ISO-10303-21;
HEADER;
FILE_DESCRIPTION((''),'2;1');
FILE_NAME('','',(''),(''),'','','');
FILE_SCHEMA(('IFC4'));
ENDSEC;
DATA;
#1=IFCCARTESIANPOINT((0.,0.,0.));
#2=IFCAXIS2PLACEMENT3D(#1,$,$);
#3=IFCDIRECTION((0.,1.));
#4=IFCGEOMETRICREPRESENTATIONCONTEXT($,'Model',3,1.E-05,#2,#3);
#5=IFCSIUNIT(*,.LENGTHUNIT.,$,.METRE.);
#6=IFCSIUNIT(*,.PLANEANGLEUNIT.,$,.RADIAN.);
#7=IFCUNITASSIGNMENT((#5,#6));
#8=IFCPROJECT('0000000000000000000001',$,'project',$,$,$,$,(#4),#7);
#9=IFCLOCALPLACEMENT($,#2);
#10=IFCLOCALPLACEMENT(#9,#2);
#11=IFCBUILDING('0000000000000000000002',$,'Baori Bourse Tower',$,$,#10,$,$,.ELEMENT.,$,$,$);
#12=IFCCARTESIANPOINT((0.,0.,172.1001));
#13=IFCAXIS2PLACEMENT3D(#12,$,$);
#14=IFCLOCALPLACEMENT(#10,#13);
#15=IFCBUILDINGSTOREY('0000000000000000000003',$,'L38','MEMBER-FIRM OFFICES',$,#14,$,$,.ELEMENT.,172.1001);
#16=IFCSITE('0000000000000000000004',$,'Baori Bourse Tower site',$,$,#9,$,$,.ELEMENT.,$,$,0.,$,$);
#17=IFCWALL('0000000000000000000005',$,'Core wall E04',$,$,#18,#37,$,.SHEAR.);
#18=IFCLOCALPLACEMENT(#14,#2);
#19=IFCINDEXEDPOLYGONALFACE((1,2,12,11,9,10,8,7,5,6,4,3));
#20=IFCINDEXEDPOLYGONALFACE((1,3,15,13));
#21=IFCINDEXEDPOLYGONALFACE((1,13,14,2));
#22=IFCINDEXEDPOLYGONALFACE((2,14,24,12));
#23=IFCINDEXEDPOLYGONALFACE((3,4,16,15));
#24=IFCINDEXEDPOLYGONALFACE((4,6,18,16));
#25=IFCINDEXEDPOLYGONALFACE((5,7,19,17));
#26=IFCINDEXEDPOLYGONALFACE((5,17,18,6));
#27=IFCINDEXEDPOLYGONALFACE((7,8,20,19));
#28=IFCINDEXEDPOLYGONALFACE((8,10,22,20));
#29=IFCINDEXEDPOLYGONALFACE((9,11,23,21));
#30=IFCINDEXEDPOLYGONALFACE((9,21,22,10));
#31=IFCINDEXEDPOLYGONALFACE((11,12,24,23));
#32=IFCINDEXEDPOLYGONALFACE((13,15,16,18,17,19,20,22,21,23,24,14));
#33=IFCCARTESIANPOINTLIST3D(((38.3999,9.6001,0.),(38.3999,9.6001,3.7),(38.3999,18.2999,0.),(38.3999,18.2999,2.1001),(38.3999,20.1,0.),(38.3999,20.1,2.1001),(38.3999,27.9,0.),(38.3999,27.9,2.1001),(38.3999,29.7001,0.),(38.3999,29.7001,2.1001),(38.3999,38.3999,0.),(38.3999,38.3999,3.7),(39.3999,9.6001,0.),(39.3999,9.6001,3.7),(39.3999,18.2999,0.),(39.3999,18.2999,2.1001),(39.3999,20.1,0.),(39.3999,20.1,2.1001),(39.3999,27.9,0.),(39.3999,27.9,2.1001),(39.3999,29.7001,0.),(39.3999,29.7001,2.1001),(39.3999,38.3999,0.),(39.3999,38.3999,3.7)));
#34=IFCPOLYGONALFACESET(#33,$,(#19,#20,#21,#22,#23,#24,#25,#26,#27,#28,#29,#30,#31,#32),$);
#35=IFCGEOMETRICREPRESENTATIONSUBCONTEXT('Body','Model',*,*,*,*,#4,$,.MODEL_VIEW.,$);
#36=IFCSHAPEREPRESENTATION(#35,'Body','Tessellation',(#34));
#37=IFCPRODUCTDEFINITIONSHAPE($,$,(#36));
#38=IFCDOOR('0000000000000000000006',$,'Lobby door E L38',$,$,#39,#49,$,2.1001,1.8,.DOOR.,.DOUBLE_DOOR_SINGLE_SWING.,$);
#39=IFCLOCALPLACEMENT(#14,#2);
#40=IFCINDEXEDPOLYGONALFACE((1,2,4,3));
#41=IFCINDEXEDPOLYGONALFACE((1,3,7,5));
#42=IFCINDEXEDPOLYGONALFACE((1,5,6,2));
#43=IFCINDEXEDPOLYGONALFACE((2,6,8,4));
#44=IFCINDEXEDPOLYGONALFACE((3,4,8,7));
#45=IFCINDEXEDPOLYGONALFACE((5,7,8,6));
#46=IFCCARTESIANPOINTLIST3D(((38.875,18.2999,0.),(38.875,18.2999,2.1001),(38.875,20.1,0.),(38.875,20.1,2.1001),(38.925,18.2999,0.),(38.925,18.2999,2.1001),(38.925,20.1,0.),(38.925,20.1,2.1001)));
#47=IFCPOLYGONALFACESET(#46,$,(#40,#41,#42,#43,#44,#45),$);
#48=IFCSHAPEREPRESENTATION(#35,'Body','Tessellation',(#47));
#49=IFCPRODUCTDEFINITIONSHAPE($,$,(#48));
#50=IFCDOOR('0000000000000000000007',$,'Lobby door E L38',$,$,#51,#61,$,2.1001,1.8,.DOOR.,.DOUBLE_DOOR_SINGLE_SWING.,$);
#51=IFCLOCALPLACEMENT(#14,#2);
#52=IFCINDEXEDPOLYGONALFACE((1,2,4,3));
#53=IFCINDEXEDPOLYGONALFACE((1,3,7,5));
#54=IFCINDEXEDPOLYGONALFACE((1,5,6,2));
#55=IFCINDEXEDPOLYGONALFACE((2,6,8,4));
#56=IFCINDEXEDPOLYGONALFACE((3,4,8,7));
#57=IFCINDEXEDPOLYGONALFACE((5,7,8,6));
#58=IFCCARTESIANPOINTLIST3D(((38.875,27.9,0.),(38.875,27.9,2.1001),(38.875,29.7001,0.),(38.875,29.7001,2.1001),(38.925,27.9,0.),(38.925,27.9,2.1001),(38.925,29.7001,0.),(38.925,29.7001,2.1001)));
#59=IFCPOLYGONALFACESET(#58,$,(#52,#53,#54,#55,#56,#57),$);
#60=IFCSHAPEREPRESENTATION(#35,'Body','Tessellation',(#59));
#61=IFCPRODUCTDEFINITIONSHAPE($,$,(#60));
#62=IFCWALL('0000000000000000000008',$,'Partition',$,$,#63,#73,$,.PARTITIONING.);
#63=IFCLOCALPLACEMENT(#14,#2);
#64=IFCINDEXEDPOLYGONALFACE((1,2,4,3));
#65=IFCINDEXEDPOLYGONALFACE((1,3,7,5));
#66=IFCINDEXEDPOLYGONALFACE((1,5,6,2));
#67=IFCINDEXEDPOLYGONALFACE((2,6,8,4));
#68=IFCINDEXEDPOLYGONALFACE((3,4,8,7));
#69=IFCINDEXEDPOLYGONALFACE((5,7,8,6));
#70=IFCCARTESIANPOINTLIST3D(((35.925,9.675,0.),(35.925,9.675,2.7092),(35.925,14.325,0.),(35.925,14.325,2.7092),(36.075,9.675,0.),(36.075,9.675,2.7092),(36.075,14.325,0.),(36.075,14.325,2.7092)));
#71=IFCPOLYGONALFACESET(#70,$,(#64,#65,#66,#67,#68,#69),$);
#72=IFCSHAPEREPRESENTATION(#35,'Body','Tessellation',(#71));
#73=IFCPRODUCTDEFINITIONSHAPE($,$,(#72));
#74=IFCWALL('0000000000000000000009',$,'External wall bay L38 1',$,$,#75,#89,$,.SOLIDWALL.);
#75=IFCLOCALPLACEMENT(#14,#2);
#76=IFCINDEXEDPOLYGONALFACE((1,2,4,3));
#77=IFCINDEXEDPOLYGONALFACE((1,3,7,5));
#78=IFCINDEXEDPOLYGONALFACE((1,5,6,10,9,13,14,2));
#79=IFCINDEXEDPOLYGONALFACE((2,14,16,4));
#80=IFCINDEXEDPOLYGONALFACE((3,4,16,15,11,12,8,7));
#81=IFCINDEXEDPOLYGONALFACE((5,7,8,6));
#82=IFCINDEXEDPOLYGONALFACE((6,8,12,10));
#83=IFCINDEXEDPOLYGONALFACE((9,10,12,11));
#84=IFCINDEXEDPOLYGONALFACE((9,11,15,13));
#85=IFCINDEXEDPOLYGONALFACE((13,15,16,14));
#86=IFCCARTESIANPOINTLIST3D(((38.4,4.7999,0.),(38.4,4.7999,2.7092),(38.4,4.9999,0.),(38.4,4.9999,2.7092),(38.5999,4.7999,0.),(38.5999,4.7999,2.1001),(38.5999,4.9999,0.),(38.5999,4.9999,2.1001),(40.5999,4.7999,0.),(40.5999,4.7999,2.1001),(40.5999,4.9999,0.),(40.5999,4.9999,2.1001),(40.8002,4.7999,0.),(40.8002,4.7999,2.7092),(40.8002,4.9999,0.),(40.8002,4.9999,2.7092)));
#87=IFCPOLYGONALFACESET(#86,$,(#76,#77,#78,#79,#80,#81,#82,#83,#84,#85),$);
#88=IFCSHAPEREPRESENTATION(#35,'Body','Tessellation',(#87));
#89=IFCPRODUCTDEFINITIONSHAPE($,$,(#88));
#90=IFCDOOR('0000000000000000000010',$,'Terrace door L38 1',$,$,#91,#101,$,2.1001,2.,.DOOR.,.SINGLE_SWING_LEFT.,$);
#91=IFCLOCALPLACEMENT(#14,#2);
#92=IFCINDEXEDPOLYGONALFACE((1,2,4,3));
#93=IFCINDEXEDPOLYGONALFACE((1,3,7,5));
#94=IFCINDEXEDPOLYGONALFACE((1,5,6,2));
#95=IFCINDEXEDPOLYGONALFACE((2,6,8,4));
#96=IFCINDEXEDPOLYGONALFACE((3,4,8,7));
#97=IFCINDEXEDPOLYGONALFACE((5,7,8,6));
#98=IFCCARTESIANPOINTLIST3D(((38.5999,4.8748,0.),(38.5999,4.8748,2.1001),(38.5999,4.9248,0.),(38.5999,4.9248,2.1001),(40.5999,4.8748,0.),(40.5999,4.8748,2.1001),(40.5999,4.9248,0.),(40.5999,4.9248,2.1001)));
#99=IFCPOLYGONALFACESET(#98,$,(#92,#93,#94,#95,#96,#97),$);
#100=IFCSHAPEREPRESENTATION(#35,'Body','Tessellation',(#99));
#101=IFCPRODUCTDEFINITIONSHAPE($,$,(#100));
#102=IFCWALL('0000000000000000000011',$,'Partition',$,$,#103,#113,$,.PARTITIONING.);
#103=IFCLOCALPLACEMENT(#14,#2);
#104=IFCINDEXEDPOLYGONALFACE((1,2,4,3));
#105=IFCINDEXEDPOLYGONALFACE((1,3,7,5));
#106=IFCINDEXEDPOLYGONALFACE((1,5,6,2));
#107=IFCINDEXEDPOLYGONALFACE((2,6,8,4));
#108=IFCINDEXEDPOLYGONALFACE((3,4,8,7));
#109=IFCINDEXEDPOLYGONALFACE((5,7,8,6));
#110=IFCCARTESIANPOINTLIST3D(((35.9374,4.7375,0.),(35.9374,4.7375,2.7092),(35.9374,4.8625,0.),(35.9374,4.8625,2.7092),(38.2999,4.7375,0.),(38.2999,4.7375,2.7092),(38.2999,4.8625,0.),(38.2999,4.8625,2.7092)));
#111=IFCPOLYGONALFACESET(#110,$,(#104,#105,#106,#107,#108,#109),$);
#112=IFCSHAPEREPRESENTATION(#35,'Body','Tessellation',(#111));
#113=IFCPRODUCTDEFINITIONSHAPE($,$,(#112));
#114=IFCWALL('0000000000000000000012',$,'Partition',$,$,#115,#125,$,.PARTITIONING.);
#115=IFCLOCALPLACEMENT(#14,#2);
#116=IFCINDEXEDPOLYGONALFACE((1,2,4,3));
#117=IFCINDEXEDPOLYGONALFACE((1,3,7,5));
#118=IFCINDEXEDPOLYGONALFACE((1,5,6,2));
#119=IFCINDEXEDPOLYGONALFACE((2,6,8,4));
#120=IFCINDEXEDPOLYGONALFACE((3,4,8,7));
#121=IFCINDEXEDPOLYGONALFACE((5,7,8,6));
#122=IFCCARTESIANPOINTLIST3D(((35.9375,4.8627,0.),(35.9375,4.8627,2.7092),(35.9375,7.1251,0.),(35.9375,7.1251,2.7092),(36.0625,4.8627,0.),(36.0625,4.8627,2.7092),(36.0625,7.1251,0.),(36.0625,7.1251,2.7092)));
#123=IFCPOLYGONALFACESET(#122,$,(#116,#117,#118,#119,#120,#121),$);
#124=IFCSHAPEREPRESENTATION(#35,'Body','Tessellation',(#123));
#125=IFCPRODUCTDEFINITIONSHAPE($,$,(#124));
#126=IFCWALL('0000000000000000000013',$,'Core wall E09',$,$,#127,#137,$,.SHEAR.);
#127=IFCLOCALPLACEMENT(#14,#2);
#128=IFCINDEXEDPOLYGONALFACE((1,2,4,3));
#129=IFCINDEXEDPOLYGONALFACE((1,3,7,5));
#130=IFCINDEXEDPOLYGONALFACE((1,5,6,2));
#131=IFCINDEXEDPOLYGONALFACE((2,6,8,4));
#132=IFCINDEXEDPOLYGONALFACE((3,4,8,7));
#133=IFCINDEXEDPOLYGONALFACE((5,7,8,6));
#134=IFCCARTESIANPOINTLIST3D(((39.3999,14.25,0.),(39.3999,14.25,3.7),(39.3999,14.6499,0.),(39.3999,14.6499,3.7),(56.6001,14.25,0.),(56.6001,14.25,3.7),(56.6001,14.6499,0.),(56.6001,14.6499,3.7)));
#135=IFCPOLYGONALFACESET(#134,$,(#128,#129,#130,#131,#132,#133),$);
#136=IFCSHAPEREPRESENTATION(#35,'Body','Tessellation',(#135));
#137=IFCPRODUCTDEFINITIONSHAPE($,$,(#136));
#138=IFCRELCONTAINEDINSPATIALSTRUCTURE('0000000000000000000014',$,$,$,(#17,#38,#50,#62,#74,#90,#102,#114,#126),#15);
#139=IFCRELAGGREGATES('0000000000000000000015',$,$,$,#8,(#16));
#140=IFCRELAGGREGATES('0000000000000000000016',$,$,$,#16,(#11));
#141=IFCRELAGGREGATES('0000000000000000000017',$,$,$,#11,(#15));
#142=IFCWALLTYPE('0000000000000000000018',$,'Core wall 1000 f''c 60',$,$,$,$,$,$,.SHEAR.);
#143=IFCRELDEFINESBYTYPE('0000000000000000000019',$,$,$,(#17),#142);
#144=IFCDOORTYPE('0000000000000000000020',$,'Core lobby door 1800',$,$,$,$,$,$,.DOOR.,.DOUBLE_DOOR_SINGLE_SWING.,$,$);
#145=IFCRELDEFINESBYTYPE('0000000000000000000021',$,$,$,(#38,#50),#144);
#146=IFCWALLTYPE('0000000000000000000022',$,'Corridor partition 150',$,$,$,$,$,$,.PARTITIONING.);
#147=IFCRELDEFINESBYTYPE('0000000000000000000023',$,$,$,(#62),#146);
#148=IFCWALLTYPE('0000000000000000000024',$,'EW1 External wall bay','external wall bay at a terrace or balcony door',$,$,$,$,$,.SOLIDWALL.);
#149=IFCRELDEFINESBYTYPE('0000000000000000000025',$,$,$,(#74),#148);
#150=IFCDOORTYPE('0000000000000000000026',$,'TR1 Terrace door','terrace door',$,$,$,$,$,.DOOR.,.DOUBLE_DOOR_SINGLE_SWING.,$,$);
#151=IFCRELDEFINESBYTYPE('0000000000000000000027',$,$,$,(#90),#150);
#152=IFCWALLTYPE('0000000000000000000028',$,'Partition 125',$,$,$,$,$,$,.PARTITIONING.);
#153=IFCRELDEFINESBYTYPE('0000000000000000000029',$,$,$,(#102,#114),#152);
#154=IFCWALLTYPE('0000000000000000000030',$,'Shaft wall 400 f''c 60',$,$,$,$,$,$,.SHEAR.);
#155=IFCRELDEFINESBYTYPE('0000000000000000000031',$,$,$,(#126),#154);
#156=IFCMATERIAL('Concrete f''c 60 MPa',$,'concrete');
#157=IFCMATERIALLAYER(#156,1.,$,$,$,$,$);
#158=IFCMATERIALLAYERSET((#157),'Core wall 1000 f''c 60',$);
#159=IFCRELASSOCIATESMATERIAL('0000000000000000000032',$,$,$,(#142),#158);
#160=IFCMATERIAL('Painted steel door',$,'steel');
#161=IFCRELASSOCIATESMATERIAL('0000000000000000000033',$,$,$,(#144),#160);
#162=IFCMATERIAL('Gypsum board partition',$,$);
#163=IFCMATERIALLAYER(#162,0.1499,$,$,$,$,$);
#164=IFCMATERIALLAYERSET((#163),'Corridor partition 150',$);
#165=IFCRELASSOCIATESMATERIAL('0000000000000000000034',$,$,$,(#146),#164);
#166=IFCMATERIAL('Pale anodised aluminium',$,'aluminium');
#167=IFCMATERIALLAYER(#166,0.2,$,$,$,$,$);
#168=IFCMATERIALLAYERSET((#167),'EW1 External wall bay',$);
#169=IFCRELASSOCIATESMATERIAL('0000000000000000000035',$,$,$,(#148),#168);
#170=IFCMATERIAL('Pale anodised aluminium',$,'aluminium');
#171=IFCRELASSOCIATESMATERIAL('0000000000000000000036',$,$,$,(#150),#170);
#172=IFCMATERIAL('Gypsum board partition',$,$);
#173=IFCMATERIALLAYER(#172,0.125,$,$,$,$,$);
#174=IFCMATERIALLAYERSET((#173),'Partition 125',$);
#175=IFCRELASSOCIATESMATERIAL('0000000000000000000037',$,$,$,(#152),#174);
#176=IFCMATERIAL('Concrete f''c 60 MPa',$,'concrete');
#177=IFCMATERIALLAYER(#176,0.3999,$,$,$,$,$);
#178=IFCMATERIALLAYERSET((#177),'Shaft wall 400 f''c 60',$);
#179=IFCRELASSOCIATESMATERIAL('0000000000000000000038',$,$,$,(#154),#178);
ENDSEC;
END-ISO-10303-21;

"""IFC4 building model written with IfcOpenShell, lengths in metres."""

from ifc_helpers import new_model, si_unit, direction, frame, frame_2d, origin, place, context, subcontext, project, spatial, rectangle, extrude, material, layer, layer_set, type_object, element, fill, save


model = new_model("IFC4")

# Units and contexts
model_context = context("Model", 3, precision=1e-05, world=origin(), true_north=direction((0.0, 1.0)))
body_context = subcontext(model_context, "Body", "Model", "MODEL_VIEW")
ifc_project = project(units=[si_unit("LENGTHUNIT", "METRE"), si_unit("PLANEANGLEUNIT", "RADIAN")], contexts=[model_context])

# Site, building, storey
site_placement = place(None, origin())
site = spatial("IfcSite", under=ifc_project, at=site_placement, Name="Baori Bourse Tower site", CompositionType="ELEMENT", RefElevation=0.0)
building_placement = place(site_placement, origin())
building = spatial("IfcBuilding", under=site, at=building_placement, Name="Baori Bourse Tower", CompositionType="ELEMENT")
storey_placement = place(building_placement, frame((0.0, 0.0, 172.1001)))
storey = spatial("IfcBuildingStorey", under=building, at=storey_placement, Name="L38", Description="MEMBER-FIRM OFFICES", CompositionType="ELEMENT", Elevation=172.1001)

# Wall, openings, doors
ifc_material_1 = material(Name="Concrete f'c 60 MPa", Category="concrete")
ifc_layer_1 = layer(ifc_material_1, 1.0)
ifc_layer_set_1 = layer_set([ifc_layer_1], Name="Core wall 1000 f'c 60")
wall_type_1 = type_object("IfcWallType", Name="Core wall 1000 f'c 60", PredefinedType="SHEAR", material=ifc_layer_set_1)
wall_1_placement = place(storey_placement, frame((38.8999, 9.6001, 0.0), z_axis=(0.0, 0.0, 1.0), x_axis=(0.0, 1.0, 0.0)))
wall_1 = element("IfcWall", 1, at=wall_1_placement, inside=storey, type_object=wall_type_1, Name="Core wall E04", PredefinedType="SHEAR", context=body_context, shape_type="SweptSolid", body=[
    extrude(rectangle(XDim=28.7998, YDim=1.0, at=frame_2d((14.3999, 0.0))), origin(), (0.0, 0.0, 1.0), 3.7),
])
opening_1_placement = place(wall_1_placement, frame((8.7, 0.0, 0.0)))
opening_1 = element("IfcOpeningElement", 2, at=opening_1_placement, cuts=wall_1, PredefinedType="OPENING", context=body_context, shape_type="SweptSolid", body=[
    extrude(rectangle(XDim=1.8, YDim=2.1001, at=frame_2d((0.8999, 1.05))), frame((0.0, 0.51, 0.0), z_axis=(0.0, -1.0, 0.0), x_axis=(1.0, 0.0, 0.0)), (0.0, 0.0, 1.0), 1.02),
])
opening_2_placement = place(wall_1_placement, frame((18.3, 0.0, 0.0)))
opening_2 = element("IfcOpeningElement", 3, at=opening_2_placement, cuts=wall_1, PredefinedType="OPENING", context=body_context, shape_type="SweptSolid", body=[
    extrude(rectangle(XDim=1.8, YDim=2.1001, at=frame_2d((0.8999, 1.05))), frame((0.0, 0.51, 0.0), z_axis=(0.0, -1.0, 0.0), x_axis=(1.0, 0.0, 0.0)), (0.0, 0.0, 1.0), 1.02),
])
ifc_material_2 = material(Name="Painted steel door", Category="steel")
door_type_1 = type_object("IfcDoorType", Name="Core lobby door 1800", OperationType="DOUBLE_DOOR_SINGLE_SWING", PredefinedType="DOOR", material=ifc_material_2)
door_1_placement = place(opening_1_placement, origin())
door_1 = element("IfcDoor", 4, at=door_1_placement, inside=storey, type_object=door_type_1, Name="Lobby door E L38", OperationType="DOUBLE_DOOR_SINGLE_SWING", OverallHeight=2.1001, OverallWidth=1.8, PredefinedType="DOOR", context=body_context, shape_type="SweptSolid", body=[
    extrude(rectangle(XDim=1.8, YDim=2.1001, at=frame_2d((0.8999, 1.05))), frame((0.0, 0.0249, 0.0), z_axis=(0.0, -1.0, 0.0), x_axis=(1.0, 0.0, 0.0)), (0.0, 0.0, 1.0), 0.05),
])
fill(opening_1, door_1)
door_2_placement = place(opening_2_placement, origin())
door_2 = element("IfcDoor", 5, at=door_2_placement, inside=storey, type_object=door_type_1, Name="Lobby door E L38", OperationType="DOUBLE_DOOR_SINGLE_SWING", OverallHeight=2.1001, OverallWidth=1.8, PredefinedType="DOOR", context=body_context, shape_type="SweptSolid", body=[
    extrude(rectangle(XDim=1.8, YDim=2.1001, at=frame_2d((0.8999, 1.05))), frame((0.0, 0.0249, 0.0), z_axis=(0.0, -1.0, 0.0), x_axis=(1.0, 0.0, 0.0)), (0.0, 0.0, 1.0), 0.05),
])
fill(opening_2, door_2)

# Wall
ifc_material_3 = material(Name="Gypsum board partition")
ifc_layer_2 = layer(ifc_material_3, 0.1499)
ifc_layer_set_2 = layer_set([ifc_layer_2], Name="Corridor partition 150")
wall_type_2 = type_object("IfcWallType", Name="Corridor partition 150", PredefinedType="PARTITIONING", material=ifc_layer_set_2)
wall_2_placement = place(storey_placement, frame((36.0, 9.675, 0.0), z_axis=(0.0, 0.0, 1.0), x_axis=(0.0, 1.0, 0.0)))
element("IfcWall", 6, at=wall_2_placement, inside=storey, type_object=wall_type_2, Name="Partition", PredefinedType="PARTITIONING", context=body_context, shape_type="SweptSolid", body=[
    extrude(rectangle(XDim=4.6499, YDim=0.1499, at=frame_2d((2.325, 0.0))), origin(), (0.0, 0.0, 1.0), 2.7092),
])

# Wall, opening, door
ifc_material_4 = material(Name="Pale anodised aluminium", Category="aluminium")
ifc_layer_3 = layer(ifc_material_4, 0.2)
ifc_layer_set_3 = layer_set([ifc_layer_3], Name="EW1 External wall bay")
wall_type_3 = type_object("IfcWallType", Name="EW1 External wall bay", Description="external wall bay at a terrace or balcony door", PredefinedType="SOLIDWALL", material=ifc_layer_set_3)
wall_3_placement = place(storey_placement, frame((38.3999, 4.8999, 0.0), z_axis=(0.0, 0.0, 1.0), x_axis=(1.0, 0.0, 0.0)))
wall_3 = element("IfcWall", 7, at=wall_3_placement, inside=storey, type_object=wall_type_3, Name="External wall bay L38 1", PredefinedType="SOLIDWALL", context=body_context, shape_type="SweptSolid", body=[
    extrude(rectangle(XDim=2.4001, YDim=0.2, at=frame_2d((1.2002, 0.0))), origin(), (0.0, 0.0, 1.0), 2.7092),
])
opening_3_placement = place(wall_3_placement, frame((0.2, 0.0, 0.0)))
opening_3 = element("IfcOpeningElement", 8, at=opening_3_placement, cuts=wall_3, PredefinedType="OPENING", context=body_context, shape_type="SweptSolid", body=[
    extrude(rectangle(XDim=2.0, YDim=2.1001, at=frame_2d((1.0, 1.05))), frame((0.0, 0.1099, 0.0), z_axis=(0.0, -1.0, 0.0), x_axis=(1.0, 0.0, 0.0)), (0.0, 0.0, 1.0), 0.22),
])
ifc_material_5 = material(Name="Pale anodised aluminium", Category="aluminium")
door_type_2 = type_object("IfcDoorType", Name="TR1 Terrace door", Description="terrace door", OperationType="DOUBLE_DOOR_SINGLE_SWING", PredefinedType="DOOR", material=ifc_material_5)
door_3_placement = place(opening_3_placement, origin())
door_3 = element("IfcDoor", 9, at=door_3_placement, inside=storey, type_object=door_type_2, Name="Terrace door L38 1", OperationType="SINGLE_SWING_LEFT", OverallHeight=2.1001, OverallWidth=2.0, PredefinedType="DOOR", context=body_context, shape_type="SweptSolid", body=[
    extrude(rectangle(XDim=2.0, YDim=2.1001, at=frame_2d((1.0, 1.05))), frame((0.0, 0.0249, 0.0), z_axis=(0.0, -1.0, 0.0), x_axis=(1.0, 0.0, 0.0)), (0.0, 0.0, 1.0), 0.05),
])
fill(opening_3, door_3)

# Walls
ifc_material_6 = material(Name="Gypsum board partition")
ifc_layer_4 = layer(ifc_material_6, 0.125)
ifc_layer_set_4 = layer_set([ifc_layer_4], Name="Partition 125")
wall_type_4 = type_object("IfcWallType", Name="Partition 125", PredefinedType="PARTITIONING", material=ifc_layer_set_4)
wall_4_placement = place(storey_placement, frame((35.9375, 4.8, 0.0), z_axis=(0.0, 0.0, 1.0), x_axis=(1.0, 0.0, 0.0)))
element("IfcWall", 10, at=wall_4_placement, inside=storey, type_object=wall_type_4, Name="Partition", PredefinedType="PARTITIONING", context=body_context, shape_type="SweptSolid", body=[
    extrude(rectangle(XDim=2.3625, YDim=0.125, at=frame_2d((1.1812, 0.0))), origin(), (0.0, 0.0, 1.0), 2.7092),
])
wall_5_placement = place(storey_placement, frame((36.0, 4.8625, 0.0), z_axis=(0.0, 0.0, 1.0), x_axis=(0.0, 1.0, 0.0)))
element("IfcWall", 11, at=wall_5_placement, inside=storey, type_object=wall_type_4, Name="Partition", PredefinedType="PARTITIONING", context=body_context, shape_type="SweptSolid", body=[
    extrude(rectangle(XDim=2.2625, YDim=0.125, at=frame_2d((1.1313, 0.0))), origin(), (0.0, 0.0, 1.0), 2.7092),
])
ifc_material_7 = material(Name="Concrete f'c 60 MPa", Category="concrete")
ifc_layer_5 = layer(ifc_material_7, 0.3999)
ifc_layer_set_5 = layer_set([ifc_layer_5], Name="Shaft wall 400 f'c 60")
wall_type_5 = type_object("IfcWallType", Name="Shaft wall 400 f'c 60", PredefinedType="SHEAR", material=ifc_layer_set_5)
wall_6_placement = place(storey_placement, frame((39.3999, 14.45, 0.0), z_axis=(0.0, 0.0, 1.0), x_axis=(1.0, 0.0, 0.0)))
element("IfcWall", 12, at=wall_6_placement, inside=storey, type_object=wall_type_5, Name="Core wall E09", PredefinedType="SHEAR", context=body_context, shape_type="SweptSolid", body=[
    extrude(rectangle(XDim=17.2002, YDim=0.3999, at=frame_2d((8.6001, 0.0))), origin(), (0.0, 0.0, 1.0), 3.7),
])

save(model, "model.ifc")
